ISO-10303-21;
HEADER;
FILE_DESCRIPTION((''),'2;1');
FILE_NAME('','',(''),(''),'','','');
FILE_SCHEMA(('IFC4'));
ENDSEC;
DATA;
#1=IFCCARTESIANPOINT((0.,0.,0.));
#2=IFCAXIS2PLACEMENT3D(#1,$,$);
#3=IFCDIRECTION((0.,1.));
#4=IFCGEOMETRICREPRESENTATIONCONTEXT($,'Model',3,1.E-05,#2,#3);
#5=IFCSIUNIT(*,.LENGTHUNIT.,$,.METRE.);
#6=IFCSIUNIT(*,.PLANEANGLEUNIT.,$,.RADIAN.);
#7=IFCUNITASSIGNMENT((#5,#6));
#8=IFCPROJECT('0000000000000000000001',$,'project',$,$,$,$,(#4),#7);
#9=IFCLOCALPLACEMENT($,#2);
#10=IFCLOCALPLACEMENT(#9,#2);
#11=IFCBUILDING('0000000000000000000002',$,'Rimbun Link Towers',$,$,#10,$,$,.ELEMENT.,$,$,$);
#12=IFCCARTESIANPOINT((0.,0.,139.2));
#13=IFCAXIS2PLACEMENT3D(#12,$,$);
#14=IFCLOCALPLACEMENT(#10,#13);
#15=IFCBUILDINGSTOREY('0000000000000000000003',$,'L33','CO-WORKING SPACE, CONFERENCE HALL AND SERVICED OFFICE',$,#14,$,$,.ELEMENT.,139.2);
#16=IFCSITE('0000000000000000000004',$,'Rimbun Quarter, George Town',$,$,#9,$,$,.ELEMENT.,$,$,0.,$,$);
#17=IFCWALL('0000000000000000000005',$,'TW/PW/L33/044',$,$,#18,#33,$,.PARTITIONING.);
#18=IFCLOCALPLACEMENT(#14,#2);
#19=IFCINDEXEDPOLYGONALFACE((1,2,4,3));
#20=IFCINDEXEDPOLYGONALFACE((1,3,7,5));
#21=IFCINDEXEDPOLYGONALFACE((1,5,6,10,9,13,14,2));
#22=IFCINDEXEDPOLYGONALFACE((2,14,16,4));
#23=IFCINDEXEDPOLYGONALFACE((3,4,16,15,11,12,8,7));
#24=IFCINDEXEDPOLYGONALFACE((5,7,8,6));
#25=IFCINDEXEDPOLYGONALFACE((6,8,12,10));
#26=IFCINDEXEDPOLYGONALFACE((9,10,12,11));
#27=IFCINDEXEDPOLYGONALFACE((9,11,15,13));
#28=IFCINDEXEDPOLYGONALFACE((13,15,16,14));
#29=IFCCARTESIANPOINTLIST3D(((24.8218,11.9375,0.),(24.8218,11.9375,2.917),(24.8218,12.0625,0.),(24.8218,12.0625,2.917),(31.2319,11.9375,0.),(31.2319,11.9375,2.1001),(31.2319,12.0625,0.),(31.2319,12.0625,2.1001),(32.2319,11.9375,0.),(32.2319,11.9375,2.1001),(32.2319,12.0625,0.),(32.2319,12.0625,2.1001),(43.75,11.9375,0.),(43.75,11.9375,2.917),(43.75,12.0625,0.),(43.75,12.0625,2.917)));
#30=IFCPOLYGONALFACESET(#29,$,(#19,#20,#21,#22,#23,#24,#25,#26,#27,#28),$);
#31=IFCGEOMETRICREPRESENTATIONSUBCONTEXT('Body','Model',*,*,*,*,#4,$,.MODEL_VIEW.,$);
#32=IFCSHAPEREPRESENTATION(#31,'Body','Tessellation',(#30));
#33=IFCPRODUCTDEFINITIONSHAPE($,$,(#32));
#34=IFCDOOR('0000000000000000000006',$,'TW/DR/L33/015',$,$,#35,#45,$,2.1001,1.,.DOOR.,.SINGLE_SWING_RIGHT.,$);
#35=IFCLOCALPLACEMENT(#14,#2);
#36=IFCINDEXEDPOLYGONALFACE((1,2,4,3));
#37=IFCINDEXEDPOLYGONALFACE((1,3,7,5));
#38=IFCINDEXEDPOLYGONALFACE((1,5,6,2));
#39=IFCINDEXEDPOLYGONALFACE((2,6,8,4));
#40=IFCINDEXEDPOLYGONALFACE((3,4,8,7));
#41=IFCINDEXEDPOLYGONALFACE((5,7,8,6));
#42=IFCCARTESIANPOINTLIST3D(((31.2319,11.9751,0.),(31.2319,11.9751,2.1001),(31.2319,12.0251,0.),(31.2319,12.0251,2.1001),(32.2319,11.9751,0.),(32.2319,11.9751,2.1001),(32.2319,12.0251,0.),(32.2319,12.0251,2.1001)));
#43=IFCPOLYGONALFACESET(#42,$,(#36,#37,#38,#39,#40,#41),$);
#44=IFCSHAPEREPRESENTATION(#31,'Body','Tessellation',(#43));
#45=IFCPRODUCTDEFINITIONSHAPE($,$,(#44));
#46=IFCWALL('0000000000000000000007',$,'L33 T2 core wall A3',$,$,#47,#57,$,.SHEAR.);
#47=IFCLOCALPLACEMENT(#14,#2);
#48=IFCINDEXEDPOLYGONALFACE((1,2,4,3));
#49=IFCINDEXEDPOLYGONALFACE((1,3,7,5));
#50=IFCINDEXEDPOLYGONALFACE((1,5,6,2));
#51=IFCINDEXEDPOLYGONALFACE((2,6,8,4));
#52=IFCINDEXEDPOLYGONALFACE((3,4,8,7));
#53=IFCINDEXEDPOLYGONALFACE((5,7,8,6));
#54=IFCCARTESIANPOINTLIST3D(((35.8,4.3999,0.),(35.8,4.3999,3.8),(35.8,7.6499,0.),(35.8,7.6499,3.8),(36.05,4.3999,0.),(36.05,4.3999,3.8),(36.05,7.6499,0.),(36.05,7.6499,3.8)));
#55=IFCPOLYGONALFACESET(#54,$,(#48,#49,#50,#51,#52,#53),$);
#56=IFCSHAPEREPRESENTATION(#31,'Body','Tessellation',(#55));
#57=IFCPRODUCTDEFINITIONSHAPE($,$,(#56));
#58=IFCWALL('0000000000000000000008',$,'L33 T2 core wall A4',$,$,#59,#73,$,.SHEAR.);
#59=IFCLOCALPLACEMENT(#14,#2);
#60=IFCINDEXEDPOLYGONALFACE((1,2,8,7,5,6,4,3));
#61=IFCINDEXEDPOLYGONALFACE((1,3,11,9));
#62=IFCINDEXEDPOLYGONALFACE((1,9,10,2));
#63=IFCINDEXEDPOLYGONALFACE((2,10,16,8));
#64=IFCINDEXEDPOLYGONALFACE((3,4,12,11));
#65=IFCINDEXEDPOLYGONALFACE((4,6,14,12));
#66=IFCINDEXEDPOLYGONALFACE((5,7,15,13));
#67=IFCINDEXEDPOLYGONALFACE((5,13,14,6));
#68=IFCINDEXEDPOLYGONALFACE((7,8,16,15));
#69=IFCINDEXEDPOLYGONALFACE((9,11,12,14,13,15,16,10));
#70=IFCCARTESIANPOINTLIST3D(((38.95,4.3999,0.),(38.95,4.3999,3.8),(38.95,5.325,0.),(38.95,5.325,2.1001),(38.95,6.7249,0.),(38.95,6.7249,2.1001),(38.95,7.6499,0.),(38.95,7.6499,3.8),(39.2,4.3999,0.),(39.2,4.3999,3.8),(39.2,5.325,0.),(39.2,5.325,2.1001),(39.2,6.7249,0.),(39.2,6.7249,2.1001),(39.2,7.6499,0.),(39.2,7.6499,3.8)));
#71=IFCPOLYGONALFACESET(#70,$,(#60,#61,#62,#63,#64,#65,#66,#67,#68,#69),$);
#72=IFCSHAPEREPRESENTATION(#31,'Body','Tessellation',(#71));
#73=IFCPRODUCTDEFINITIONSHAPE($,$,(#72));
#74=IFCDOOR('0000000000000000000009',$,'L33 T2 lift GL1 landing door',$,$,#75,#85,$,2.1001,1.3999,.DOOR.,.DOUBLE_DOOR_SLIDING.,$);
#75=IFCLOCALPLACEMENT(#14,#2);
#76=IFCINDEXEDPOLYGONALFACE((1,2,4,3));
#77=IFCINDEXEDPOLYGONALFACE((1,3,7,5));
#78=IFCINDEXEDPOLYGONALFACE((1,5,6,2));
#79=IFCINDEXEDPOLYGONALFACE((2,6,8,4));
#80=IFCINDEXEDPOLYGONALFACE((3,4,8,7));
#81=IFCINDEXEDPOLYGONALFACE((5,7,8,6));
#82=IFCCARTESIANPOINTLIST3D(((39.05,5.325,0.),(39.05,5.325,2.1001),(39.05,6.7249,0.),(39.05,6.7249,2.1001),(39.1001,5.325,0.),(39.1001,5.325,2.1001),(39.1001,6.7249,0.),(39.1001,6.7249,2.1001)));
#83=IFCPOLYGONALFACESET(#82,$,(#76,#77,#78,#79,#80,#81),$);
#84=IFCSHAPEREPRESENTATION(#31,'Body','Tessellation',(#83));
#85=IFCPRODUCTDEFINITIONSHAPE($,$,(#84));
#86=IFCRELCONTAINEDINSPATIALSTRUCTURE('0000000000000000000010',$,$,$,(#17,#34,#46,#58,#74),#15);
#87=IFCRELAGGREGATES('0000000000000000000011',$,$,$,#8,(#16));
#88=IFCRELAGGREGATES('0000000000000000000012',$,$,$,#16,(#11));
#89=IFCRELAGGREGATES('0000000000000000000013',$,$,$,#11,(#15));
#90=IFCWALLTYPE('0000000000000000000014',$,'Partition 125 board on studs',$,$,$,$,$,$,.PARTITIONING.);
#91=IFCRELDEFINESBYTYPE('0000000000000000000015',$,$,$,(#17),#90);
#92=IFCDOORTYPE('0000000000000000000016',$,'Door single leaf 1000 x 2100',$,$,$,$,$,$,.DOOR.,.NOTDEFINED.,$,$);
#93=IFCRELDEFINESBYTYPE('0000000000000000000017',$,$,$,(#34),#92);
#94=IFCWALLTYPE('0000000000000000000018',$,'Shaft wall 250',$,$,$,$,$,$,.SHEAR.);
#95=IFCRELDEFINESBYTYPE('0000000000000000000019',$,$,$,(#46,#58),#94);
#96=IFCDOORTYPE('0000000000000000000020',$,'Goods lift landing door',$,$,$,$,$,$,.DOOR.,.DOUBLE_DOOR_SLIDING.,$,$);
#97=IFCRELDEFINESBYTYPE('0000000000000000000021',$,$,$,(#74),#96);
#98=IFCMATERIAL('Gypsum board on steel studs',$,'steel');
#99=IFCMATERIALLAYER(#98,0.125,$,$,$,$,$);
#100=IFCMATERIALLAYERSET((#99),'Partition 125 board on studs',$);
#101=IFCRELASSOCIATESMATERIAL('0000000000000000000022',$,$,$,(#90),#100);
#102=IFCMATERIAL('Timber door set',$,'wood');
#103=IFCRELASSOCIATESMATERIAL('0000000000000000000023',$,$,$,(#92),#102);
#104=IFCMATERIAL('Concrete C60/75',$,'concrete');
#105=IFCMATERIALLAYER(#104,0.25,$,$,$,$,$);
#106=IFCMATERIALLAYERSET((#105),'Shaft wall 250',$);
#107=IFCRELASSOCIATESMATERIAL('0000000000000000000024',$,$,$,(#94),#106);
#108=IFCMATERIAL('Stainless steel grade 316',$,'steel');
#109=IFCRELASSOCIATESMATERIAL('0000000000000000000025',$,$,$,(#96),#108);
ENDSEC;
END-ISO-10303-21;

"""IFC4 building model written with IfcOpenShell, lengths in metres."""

from ifc_helpers import new_model, si_unit, direction, frame, frame_2d, origin, place, context, subcontext, project, spatial, rectangle, extrude, material, layer, layer_set, type_object, element, fill, save


model = new_model("IFC4")

# Units and contexts
model_context = context("Model", 3, precision=1e-05, world=origin(), true_north=direction((0.0, 1.0)))
body_context = subcontext(model_context, "Body", "Model", "MODEL_VIEW")
ifc_project = project(units=[si_unit("LENGTHUNIT", "METRE"), si_unit("PLANEANGLEUNIT", "RADIAN")], contexts=[model_context])

# Site, building, storey
site_placement = place(None, origin())
site = spatial("IfcSite", under=ifc_project, at=site_placement, Name="Rimbun Quarter, George Town", CompositionType="ELEMENT", RefElevation=0.0)
building_placement = place(site_placement, origin())
building = spatial("IfcBuilding", under=site, at=building_placement, Name="Rimbun Link Towers", CompositionType="ELEMENT")
storey_placement = place(building_placement, frame((0.0, 0.0, 139.2)))
storey = spatial("IfcBuildingStorey", under=building, at=storey_placement, Name="L33", Description="CO-WORKING SPACE, CONFERENCE HALL AND SERVICED OFFICE", CompositionType="ELEMENT", Elevation=139.2)

# Wall, opening, door
ifc_material_1 = material(Name="Gypsum board on steel studs", Category="steel")
ifc_layer_1 = layer(ifc_material_1, 0.125)
ifc_layer_set_1 = layer_set([ifc_layer_1], Name="Partition 125 board on studs")
wall_type_1 = type_object("IfcWallType", Name="Partition 125 board on studs", PredefinedType="PARTITIONING", material=ifc_layer_set_1)
ifc_material_2 = material(Name="Timber door set", Category="wood")
door_type_1 = type_object("IfcDoorType", Name="Door single leaf 1000 x 2100", OperationType="NOTDEFINED", PredefinedType="DOOR", material=ifc_material_2)
wall_1_placement = place(storey_placement, frame((43.75, 12.0, 0.0), z_axis=(0.0, 0.0, 1.0), x_axis=(-1.0, 0.0, 0.0)))
wall_1 = element("IfcWall", 1, at=wall_1_placement, inside=storey, type_object=wall_type_1, Name="TW/PW/L33/044", PredefinedType="PARTITIONING", context=body_context, shape_type="SweptSolid", body=[
    extrude(rectangle(XDim=18.9282, YDim=0.125, at=frame_2d((9.4641, 0.0))), origin(), (0.0, 0.0, 1.0), 2.917),
])
opening_1_placement = place(wall_1_placement, frame((11.5181, 0.0, 0.0)))
opening_1 = element("IfcOpeningElement", 2, at=opening_1_placement, cuts=wall_1, PredefinedType="OPENING", context=body_context, shape_type="SweptSolid", body=[
    extrude(rectangle(XDim=1.0, YDim=2.1001, at=frame_2d((0.5, 1.05))), frame((0.0, 0.0725, 0.0), z_axis=(0.0, -1.0, 0.0), x_axis=(1.0, 0.0, 0.0)), (0.0, 0.0, 1.0), 0.145),
])
door_1_placement = place(opening_1_placement, origin())
door_1 = element("IfcDoor", 3, at=door_1_placement, inside=storey, type_object=door_type_1, Name="TW/DR/L33/015", OperationType="SINGLE_SWING_RIGHT", OverallHeight=2.1001, OverallWidth=1.0, PredefinedType="DOOR", context=body_context, shape_type="SweptSolid", body=[
    extrude(rectangle(XDim=1.0, YDim=2.1001, at=frame_2d((0.5, 1.05))), frame((0.0, 0.0249, 0.0), z_axis=(0.0, -1.0, 0.0), x_axis=(1.0, 0.0, 0.0)), (0.0, 0.0, 1.0), 0.05),
])
fill(opening_1, door_1)

# Wall
ifc_material_3 = material(Name="Concrete C60/75", Category="concrete")
ifc_layer_2 = layer(ifc_material_3, 0.25)
ifc_layer_set_2 = layer_set([ifc_layer_2], Name="Shaft wall 250")
wall_type_2 = type_object("IfcWallType", Name="Shaft wall 250", PredefinedType="SHEAR", material=ifc_layer_set_2)
wall_2_placement = place(storey_placement, frame((35.925, 4.3999, 0.0), z_axis=(0.0, 0.0, 1.0), x_axis=(0.0, 1.0, 0.0)))
element("IfcWall", 4, at=wall_2_placement, inside=storey, type_object=wall_type_2, Name="L33 T2 core wall A3", PredefinedType="SHEAR", context=body_context, shape_type="SweptSolid", body=[
    extrude(rectangle(XDim=3.25, YDim=0.25, at=frame_2d((1.625, 0.0))), origin(), (0.0, 0.0, 1.0), 3.8),
])

# Wall, opening, door
wall_3_placement = place(storey_placement, frame((39.075, 4.3999, 0.0), z_axis=(0.0, 0.0, 1.0), x_axis=(0.0, 1.0, 0.0)))
wall_3 = element("IfcWall", 5, at=wall_3_placement, inside=storey, type_object=wall_type_2, Name="L33 T2 core wall A4", PredefinedType="SHEAR", context=body_context, shape_type="SweptSolid", body=[
    extrude(rectangle(XDim=3.25, YDim=0.25, at=frame_2d((1.625, 0.0))), origin(), (0.0, 0.0, 1.0), 3.8),
])
opening_2_placement = place(wall_3_placement, frame((0.925, 0.0, 0.0)))
opening_2 = element("IfcOpeningElement", 6, at=opening_2_placement, cuts=wall_3, PredefinedType="OPENING", context=body_context, shape_type="SweptSolid", body=[
    extrude(rectangle(XDim=1.3999, YDim=2.1001, at=frame_2d((0.7, 1.05))), frame((0.0, 0.135, 0.0), z_axis=(0.0, -1.0, 0.0), x_axis=(1.0, 0.0, 0.0)), (0.0, 0.0, 1.0), 0.27),
])
ifc_material_4 = material(Name="Stainless steel grade 316", Category="steel")
door_type_2 = type_object("IfcDoorType", Name="Goods lift landing door", OperationType="DOUBLE_DOOR_SLIDING", PredefinedType="DOOR", material=ifc_material_4)
door_2_placement = place(opening_2_placement, origin())
door_2 = element("IfcDoor", 7, at=door_2_placement, inside=storey, type_object=door_type_2, Name="L33 T2 lift GL1 landing door", OperationType="DOUBLE_DOOR_SLIDING", OverallHeight=2.1001, OverallWidth=1.3999, PredefinedType="DOOR", context=body_context, shape_type="SweptSolid", body=[
    extrude(rectangle(XDim=1.3999, YDim=2.1001, at=frame_2d((0.7, 1.05))), frame((0.0, 0.0249, 0.0), z_axis=(0.0, -1.0, 0.0), x_axis=(1.0, 0.0, 0.0)), (0.0, 0.0, 1.0), 0.05),
])
fill(opening_2, door_2)

save(model, "model.ifc")
